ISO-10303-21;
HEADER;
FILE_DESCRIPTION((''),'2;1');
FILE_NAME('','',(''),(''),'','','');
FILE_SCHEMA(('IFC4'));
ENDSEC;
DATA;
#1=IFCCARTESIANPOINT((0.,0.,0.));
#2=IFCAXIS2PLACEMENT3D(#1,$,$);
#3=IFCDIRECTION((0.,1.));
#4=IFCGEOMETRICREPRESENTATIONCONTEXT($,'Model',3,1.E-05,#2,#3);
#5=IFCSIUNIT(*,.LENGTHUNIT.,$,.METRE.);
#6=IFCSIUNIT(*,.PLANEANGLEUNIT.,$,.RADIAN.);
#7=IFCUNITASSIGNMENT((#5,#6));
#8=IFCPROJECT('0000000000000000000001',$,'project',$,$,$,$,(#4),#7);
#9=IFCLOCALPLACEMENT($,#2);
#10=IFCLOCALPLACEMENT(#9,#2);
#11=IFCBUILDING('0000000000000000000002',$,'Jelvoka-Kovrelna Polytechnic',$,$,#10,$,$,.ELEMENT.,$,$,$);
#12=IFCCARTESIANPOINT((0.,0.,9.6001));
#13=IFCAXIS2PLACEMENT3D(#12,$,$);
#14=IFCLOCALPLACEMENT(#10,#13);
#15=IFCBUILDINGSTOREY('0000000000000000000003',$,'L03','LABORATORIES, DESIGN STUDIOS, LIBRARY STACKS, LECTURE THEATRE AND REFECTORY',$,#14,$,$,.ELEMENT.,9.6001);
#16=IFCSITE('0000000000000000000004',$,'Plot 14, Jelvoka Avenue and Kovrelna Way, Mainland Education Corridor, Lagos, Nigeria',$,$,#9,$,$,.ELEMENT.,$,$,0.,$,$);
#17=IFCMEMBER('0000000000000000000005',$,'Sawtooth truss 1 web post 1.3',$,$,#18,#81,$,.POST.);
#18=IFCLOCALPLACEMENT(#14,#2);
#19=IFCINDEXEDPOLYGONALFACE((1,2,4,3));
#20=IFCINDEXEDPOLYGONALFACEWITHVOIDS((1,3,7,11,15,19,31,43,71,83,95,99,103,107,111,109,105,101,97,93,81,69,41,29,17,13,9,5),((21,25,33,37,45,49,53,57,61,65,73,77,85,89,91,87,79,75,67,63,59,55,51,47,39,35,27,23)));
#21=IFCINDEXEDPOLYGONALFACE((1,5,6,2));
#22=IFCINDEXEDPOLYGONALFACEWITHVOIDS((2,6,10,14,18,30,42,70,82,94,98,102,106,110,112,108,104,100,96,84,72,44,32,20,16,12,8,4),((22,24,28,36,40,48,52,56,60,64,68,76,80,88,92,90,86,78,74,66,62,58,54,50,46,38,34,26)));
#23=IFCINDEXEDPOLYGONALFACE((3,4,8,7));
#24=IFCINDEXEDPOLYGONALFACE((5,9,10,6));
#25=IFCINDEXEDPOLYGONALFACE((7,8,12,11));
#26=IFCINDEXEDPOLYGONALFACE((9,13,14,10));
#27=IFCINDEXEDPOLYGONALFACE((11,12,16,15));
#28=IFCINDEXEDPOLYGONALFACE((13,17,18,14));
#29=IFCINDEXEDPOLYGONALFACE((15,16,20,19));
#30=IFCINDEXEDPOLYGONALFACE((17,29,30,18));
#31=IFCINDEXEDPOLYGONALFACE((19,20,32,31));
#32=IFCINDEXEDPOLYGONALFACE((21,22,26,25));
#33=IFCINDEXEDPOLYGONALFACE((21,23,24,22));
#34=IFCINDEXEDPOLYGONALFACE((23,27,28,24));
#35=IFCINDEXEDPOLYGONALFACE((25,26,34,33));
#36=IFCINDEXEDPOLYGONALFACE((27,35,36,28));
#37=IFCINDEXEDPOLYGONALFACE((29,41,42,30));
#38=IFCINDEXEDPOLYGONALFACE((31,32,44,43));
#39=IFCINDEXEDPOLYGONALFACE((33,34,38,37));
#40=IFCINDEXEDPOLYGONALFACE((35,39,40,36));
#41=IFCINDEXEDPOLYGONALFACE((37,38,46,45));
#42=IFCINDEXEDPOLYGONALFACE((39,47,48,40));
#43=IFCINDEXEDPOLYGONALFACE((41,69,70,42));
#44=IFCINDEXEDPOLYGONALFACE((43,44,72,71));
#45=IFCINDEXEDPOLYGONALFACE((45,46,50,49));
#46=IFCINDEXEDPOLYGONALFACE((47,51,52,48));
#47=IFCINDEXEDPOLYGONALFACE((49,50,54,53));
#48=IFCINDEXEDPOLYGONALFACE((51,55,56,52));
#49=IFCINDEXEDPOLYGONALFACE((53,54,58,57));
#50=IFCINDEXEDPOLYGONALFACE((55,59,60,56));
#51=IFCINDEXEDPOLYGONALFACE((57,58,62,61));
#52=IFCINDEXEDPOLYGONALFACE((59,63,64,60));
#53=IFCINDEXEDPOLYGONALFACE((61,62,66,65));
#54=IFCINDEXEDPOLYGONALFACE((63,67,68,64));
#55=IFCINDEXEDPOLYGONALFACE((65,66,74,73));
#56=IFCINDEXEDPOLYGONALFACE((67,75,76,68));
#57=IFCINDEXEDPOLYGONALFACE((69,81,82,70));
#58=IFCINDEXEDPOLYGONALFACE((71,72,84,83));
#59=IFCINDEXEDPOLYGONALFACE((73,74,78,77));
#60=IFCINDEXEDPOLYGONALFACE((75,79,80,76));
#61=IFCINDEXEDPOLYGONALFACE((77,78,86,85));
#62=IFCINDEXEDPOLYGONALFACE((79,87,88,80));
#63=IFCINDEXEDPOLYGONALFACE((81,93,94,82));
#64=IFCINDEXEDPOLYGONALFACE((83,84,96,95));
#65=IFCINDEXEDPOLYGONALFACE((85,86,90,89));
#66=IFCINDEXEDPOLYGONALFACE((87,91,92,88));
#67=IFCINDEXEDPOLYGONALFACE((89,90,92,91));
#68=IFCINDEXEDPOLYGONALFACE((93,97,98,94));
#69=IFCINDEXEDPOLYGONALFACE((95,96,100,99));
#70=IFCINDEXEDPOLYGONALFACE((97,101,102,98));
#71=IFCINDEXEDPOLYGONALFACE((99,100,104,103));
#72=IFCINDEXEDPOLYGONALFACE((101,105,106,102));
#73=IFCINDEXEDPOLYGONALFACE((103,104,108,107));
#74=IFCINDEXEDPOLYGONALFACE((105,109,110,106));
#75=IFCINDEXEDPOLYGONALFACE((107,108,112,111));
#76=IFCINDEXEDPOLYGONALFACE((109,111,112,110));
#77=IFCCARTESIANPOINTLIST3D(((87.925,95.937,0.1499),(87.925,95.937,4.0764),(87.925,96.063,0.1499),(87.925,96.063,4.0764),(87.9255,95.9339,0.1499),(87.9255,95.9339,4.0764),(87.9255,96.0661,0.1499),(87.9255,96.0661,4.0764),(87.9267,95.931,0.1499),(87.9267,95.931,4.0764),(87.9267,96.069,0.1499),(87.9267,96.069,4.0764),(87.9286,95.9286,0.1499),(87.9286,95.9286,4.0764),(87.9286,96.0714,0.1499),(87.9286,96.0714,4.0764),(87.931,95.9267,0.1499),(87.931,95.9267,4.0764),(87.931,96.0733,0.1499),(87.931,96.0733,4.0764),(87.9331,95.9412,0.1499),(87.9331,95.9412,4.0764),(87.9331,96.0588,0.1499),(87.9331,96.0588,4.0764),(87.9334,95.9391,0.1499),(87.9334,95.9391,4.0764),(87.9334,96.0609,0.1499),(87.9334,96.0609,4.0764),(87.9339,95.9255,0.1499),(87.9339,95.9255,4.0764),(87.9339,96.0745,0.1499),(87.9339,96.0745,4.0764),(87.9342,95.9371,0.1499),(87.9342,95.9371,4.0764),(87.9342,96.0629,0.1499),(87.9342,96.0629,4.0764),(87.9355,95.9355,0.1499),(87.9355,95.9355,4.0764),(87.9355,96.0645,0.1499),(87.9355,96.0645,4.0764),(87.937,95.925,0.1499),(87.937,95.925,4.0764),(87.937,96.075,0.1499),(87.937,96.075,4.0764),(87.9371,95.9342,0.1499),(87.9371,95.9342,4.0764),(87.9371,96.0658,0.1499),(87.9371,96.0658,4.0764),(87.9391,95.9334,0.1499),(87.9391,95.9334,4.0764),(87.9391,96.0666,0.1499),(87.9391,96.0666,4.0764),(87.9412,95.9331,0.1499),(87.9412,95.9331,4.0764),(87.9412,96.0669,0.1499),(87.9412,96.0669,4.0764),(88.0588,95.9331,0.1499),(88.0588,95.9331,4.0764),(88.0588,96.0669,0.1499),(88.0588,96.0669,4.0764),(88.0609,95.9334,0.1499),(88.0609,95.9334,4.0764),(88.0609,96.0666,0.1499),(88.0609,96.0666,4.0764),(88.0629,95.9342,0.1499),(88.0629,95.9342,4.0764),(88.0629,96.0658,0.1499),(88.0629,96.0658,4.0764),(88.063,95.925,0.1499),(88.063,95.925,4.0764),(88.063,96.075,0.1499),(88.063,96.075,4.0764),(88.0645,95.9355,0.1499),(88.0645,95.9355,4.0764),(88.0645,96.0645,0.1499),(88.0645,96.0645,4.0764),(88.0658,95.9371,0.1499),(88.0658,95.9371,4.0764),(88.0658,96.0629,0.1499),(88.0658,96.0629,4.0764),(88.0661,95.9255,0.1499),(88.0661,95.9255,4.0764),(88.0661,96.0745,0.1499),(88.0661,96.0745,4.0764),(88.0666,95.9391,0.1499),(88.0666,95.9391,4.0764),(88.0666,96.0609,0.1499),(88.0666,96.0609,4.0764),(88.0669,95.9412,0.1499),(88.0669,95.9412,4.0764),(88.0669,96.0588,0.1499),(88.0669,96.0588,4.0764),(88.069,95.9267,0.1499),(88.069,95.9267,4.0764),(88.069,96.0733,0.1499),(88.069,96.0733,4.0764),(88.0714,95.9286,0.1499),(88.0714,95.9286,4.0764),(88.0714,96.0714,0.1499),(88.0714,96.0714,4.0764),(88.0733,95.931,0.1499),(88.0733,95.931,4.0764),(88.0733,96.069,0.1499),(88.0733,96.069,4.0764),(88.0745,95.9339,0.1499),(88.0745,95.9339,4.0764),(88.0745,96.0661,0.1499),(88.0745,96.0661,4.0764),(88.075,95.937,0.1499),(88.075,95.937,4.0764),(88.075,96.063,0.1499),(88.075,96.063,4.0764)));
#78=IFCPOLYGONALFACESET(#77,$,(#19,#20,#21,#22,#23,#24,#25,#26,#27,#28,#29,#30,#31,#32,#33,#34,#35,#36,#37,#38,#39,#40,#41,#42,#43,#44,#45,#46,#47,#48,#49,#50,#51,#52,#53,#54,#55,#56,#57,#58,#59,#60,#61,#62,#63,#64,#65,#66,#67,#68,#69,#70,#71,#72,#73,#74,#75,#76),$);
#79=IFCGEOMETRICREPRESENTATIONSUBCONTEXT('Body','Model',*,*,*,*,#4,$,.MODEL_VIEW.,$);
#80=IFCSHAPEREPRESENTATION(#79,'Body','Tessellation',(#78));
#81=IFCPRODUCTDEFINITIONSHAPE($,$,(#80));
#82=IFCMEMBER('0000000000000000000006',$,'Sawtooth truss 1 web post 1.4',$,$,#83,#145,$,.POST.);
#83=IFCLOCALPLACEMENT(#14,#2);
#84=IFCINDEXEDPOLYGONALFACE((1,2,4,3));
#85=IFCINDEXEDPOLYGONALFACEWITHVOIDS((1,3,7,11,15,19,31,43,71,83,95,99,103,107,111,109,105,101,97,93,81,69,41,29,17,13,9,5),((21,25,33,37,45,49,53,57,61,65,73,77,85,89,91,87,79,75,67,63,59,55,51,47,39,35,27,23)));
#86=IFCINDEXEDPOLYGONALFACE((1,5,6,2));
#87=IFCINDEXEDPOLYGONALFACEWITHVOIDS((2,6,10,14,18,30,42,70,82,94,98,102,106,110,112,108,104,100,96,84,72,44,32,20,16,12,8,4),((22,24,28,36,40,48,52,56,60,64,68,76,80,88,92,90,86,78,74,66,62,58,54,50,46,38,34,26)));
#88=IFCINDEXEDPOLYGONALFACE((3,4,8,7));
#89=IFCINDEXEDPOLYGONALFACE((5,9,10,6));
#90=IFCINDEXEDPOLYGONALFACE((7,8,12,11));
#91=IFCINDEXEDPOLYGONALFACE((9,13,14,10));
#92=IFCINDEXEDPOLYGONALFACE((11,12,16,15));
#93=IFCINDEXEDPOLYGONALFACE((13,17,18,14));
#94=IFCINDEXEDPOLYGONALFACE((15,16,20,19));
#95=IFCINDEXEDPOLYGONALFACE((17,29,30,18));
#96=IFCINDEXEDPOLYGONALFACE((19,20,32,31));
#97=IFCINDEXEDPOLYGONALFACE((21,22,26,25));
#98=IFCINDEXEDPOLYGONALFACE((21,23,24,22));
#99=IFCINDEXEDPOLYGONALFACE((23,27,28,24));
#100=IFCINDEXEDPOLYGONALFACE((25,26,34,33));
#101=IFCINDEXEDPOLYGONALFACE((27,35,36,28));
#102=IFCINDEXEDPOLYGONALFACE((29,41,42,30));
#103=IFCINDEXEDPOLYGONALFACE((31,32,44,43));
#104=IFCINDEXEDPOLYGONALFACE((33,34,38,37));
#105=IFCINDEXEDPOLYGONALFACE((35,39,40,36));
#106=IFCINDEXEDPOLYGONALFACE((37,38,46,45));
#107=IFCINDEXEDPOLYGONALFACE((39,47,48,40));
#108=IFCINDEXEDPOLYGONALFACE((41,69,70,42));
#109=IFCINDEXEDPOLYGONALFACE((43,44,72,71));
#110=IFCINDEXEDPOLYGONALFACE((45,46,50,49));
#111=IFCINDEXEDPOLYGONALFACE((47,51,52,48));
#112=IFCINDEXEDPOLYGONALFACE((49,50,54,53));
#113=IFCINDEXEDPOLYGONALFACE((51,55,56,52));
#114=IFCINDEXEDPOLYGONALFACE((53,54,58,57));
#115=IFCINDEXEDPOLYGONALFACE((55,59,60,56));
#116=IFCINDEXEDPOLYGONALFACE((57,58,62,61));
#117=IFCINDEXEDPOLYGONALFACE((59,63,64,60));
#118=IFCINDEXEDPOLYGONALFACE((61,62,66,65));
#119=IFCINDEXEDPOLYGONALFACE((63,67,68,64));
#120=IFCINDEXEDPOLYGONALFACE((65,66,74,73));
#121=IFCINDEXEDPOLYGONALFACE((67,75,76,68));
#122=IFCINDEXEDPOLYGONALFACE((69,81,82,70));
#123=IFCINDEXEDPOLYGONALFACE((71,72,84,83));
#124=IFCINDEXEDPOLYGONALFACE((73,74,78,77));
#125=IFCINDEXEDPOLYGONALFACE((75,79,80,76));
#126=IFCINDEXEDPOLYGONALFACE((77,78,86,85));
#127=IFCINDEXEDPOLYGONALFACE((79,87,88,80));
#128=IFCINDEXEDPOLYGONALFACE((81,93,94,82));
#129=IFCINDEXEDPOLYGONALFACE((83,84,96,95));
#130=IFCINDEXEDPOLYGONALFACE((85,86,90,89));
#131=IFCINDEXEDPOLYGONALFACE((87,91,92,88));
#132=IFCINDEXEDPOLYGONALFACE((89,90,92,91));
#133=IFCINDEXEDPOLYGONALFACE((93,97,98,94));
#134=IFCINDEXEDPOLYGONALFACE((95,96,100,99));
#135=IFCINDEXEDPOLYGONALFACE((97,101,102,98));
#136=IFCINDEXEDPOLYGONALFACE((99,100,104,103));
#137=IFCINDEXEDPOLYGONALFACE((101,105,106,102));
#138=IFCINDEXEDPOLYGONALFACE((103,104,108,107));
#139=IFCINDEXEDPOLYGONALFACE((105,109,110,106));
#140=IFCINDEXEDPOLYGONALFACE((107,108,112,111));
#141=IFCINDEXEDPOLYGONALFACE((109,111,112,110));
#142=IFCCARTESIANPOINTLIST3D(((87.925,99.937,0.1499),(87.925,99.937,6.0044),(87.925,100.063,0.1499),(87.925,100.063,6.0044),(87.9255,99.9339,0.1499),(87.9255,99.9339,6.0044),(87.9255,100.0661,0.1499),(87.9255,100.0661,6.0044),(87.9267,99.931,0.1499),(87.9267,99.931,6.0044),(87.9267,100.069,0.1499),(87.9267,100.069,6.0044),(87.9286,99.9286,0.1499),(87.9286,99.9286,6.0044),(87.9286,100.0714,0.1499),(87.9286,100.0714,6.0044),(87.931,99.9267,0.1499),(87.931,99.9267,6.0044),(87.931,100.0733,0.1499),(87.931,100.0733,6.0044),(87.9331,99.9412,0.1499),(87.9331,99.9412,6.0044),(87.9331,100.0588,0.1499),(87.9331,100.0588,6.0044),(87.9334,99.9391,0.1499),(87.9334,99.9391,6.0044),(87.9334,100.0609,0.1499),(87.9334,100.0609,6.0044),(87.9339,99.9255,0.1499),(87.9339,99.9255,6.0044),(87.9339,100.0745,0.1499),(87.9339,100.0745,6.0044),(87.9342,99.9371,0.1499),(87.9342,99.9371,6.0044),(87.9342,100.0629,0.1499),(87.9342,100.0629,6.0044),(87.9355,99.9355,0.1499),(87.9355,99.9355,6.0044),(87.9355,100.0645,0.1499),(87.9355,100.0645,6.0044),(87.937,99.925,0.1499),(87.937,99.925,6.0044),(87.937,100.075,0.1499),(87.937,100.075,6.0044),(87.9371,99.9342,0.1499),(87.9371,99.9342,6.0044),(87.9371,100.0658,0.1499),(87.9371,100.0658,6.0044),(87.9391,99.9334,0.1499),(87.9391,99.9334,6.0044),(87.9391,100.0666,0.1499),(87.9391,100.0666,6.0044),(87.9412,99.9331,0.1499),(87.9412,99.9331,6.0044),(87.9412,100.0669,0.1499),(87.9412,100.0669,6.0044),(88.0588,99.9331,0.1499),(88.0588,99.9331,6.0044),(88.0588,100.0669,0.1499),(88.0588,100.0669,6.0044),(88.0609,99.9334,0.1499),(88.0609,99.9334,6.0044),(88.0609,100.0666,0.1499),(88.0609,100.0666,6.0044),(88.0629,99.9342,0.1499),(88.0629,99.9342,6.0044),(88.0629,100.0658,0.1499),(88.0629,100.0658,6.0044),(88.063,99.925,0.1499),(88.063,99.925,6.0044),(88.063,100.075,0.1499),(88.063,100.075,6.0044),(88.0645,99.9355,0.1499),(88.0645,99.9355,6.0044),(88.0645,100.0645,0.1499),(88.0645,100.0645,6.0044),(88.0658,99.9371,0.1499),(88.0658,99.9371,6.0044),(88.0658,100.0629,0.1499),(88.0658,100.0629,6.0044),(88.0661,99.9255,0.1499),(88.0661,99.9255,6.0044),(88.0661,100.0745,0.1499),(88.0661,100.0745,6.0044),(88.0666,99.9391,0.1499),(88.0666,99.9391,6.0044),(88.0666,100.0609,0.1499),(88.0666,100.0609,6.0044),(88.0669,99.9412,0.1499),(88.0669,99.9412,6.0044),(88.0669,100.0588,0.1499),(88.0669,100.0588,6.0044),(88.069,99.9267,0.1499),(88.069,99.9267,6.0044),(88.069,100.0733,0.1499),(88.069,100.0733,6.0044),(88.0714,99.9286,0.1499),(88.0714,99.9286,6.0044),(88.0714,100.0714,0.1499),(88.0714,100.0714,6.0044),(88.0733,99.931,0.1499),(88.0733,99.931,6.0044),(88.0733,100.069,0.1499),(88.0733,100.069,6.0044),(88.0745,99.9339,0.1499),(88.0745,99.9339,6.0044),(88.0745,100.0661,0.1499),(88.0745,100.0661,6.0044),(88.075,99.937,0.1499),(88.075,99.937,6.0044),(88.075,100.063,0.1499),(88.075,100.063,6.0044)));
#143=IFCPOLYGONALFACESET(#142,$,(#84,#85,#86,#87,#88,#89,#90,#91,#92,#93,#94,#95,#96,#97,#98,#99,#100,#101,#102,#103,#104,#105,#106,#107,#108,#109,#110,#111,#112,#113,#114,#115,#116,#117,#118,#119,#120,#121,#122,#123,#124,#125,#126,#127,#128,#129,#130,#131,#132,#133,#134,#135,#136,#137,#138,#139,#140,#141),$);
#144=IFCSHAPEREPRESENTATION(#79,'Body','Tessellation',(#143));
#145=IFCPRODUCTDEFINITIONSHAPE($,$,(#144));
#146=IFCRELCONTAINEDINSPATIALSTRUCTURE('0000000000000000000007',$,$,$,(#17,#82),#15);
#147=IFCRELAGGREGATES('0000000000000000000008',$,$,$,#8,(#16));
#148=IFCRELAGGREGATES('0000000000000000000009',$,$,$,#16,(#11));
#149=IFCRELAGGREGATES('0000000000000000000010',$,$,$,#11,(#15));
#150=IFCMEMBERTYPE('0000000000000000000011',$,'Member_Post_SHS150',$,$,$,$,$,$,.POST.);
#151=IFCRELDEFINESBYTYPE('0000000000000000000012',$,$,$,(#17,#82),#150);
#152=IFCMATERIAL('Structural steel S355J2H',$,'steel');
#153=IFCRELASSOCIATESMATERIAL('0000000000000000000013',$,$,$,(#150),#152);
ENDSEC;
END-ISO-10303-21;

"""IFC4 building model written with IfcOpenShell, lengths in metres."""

from ifc_helpers import new_model, si_unit, direction, frame, origin, origin_2d, place, context, subcontext, project, spatial, hollow_rectangle, extrude, material, material_profile, profile_set, type_object, element, save


model = new_model("IFC4")

# Units and contexts
model_context = context("Model", 3, precision=1e-05, world=origin(), true_north=direction((0.0, 1.0)))
body_context = subcontext(model_context, "Body", "Model", "MODEL_VIEW")
ifc_project = project(units=[si_unit("LENGTHUNIT", "METRE"), si_unit("PLANEANGLEUNIT", "RADIAN")], contexts=[model_context])

# Site, building, storey
site_placement = place(None, origin())
site = spatial("IfcSite", under=ifc_project, at=site_placement, Name="Plot 14, Jelvoka Avenue and Kovrelna Way, Mainland Education Corridor, Lagos, Nigeria", CompositionType="ELEMENT", RefElevation=0.0)
building_placement = place(site_placement, origin())
building = spatial("IfcBuilding", under=site, at=building_placement, Name="Jelvoka-Kovrelna Polytechnic", CompositionType="ELEMENT")
storey_placement = place(building_placement, frame((0.0, 0.0, 9.6001)))
storey = spatial("IfcBuildingStorey", under=building, at=storey_placement, Name="L03", Description="LABORATORIES, DESIGN STUDIOS, LIBRARY STACKS, LECTURE THEATRE AND REFECTORY", CompositionType="ELEMENT", Elevation=9.6001)

# Members
ifc_material_1 = material(Name="Structural steel S355J2H", Category="steel")
ifc_material_profile_1 = material_profile(ifc_material_1, hollow_rectangle(XDim=0.1499, YDim=0.1499, WallThickness=0.0081, InnerFilletRadius=0.0081, OuterFilletRadius=0.012, at=origin_2d()), Name="150x150x8.0 SHS")
ifc_profile_set_1 = profile_set([ifc_material_profile_1], Name="Structural steel S355J2H")
member_type_1 = type_object("IfcMemberType", Name="Member_Post_SHS150", PredefinedType="POST", material=ifc_profile_set_1)
member_1_placement = place(storey_placement, frame((88.0, 96.0, 0.1499), z_axis=(0.0, 0.0, 1.0), x_axis=(1.0, 0.0, 0.0)))
element("IfcMember", 1, at=member_1_placement, inside=storey, type_object=member_type_1, Name="Sawtooth truss 1 web post 1.3", PredefinedType="POST", context=body_context, shape_type="SweptSolid", body=[
    extrude(hollow_rectangle(XDim=0.1499, YDim=0.1499, WallThickness=0.0081, InnerFilletRadius=0.0081, OuterFilletRadius=0.012, at=origin_2d()), origin(), (0.0, 0.0, 1.0), 3.9265),
])
member_2_placement = place(storey_placement, frame((88.0, 100.0, 0.1499), z_axis=(0.0, 0.0, 1.0), x_axis=(1.0, 0.0, 0.0)))
element("IfcMember", 2, at=member_2_placement, inside=storey, type_object=member_type_1, Name="Sawtooth truss 1 web post 1.4", PredefinedType="POST", context=body_context, shape_type="SweptSolid", body=[
    extrude(hollow_rectangle(XDim=0.1499, YDim=0.1499, WallThickness=0.0081, InnerFilletRadius=0.0081, OuterFilletRadius=0.012, at=origin_2d()), origin(), (0.0, 0.0, 1.0), 5.8545),
])

save(model, "model.ifc")
